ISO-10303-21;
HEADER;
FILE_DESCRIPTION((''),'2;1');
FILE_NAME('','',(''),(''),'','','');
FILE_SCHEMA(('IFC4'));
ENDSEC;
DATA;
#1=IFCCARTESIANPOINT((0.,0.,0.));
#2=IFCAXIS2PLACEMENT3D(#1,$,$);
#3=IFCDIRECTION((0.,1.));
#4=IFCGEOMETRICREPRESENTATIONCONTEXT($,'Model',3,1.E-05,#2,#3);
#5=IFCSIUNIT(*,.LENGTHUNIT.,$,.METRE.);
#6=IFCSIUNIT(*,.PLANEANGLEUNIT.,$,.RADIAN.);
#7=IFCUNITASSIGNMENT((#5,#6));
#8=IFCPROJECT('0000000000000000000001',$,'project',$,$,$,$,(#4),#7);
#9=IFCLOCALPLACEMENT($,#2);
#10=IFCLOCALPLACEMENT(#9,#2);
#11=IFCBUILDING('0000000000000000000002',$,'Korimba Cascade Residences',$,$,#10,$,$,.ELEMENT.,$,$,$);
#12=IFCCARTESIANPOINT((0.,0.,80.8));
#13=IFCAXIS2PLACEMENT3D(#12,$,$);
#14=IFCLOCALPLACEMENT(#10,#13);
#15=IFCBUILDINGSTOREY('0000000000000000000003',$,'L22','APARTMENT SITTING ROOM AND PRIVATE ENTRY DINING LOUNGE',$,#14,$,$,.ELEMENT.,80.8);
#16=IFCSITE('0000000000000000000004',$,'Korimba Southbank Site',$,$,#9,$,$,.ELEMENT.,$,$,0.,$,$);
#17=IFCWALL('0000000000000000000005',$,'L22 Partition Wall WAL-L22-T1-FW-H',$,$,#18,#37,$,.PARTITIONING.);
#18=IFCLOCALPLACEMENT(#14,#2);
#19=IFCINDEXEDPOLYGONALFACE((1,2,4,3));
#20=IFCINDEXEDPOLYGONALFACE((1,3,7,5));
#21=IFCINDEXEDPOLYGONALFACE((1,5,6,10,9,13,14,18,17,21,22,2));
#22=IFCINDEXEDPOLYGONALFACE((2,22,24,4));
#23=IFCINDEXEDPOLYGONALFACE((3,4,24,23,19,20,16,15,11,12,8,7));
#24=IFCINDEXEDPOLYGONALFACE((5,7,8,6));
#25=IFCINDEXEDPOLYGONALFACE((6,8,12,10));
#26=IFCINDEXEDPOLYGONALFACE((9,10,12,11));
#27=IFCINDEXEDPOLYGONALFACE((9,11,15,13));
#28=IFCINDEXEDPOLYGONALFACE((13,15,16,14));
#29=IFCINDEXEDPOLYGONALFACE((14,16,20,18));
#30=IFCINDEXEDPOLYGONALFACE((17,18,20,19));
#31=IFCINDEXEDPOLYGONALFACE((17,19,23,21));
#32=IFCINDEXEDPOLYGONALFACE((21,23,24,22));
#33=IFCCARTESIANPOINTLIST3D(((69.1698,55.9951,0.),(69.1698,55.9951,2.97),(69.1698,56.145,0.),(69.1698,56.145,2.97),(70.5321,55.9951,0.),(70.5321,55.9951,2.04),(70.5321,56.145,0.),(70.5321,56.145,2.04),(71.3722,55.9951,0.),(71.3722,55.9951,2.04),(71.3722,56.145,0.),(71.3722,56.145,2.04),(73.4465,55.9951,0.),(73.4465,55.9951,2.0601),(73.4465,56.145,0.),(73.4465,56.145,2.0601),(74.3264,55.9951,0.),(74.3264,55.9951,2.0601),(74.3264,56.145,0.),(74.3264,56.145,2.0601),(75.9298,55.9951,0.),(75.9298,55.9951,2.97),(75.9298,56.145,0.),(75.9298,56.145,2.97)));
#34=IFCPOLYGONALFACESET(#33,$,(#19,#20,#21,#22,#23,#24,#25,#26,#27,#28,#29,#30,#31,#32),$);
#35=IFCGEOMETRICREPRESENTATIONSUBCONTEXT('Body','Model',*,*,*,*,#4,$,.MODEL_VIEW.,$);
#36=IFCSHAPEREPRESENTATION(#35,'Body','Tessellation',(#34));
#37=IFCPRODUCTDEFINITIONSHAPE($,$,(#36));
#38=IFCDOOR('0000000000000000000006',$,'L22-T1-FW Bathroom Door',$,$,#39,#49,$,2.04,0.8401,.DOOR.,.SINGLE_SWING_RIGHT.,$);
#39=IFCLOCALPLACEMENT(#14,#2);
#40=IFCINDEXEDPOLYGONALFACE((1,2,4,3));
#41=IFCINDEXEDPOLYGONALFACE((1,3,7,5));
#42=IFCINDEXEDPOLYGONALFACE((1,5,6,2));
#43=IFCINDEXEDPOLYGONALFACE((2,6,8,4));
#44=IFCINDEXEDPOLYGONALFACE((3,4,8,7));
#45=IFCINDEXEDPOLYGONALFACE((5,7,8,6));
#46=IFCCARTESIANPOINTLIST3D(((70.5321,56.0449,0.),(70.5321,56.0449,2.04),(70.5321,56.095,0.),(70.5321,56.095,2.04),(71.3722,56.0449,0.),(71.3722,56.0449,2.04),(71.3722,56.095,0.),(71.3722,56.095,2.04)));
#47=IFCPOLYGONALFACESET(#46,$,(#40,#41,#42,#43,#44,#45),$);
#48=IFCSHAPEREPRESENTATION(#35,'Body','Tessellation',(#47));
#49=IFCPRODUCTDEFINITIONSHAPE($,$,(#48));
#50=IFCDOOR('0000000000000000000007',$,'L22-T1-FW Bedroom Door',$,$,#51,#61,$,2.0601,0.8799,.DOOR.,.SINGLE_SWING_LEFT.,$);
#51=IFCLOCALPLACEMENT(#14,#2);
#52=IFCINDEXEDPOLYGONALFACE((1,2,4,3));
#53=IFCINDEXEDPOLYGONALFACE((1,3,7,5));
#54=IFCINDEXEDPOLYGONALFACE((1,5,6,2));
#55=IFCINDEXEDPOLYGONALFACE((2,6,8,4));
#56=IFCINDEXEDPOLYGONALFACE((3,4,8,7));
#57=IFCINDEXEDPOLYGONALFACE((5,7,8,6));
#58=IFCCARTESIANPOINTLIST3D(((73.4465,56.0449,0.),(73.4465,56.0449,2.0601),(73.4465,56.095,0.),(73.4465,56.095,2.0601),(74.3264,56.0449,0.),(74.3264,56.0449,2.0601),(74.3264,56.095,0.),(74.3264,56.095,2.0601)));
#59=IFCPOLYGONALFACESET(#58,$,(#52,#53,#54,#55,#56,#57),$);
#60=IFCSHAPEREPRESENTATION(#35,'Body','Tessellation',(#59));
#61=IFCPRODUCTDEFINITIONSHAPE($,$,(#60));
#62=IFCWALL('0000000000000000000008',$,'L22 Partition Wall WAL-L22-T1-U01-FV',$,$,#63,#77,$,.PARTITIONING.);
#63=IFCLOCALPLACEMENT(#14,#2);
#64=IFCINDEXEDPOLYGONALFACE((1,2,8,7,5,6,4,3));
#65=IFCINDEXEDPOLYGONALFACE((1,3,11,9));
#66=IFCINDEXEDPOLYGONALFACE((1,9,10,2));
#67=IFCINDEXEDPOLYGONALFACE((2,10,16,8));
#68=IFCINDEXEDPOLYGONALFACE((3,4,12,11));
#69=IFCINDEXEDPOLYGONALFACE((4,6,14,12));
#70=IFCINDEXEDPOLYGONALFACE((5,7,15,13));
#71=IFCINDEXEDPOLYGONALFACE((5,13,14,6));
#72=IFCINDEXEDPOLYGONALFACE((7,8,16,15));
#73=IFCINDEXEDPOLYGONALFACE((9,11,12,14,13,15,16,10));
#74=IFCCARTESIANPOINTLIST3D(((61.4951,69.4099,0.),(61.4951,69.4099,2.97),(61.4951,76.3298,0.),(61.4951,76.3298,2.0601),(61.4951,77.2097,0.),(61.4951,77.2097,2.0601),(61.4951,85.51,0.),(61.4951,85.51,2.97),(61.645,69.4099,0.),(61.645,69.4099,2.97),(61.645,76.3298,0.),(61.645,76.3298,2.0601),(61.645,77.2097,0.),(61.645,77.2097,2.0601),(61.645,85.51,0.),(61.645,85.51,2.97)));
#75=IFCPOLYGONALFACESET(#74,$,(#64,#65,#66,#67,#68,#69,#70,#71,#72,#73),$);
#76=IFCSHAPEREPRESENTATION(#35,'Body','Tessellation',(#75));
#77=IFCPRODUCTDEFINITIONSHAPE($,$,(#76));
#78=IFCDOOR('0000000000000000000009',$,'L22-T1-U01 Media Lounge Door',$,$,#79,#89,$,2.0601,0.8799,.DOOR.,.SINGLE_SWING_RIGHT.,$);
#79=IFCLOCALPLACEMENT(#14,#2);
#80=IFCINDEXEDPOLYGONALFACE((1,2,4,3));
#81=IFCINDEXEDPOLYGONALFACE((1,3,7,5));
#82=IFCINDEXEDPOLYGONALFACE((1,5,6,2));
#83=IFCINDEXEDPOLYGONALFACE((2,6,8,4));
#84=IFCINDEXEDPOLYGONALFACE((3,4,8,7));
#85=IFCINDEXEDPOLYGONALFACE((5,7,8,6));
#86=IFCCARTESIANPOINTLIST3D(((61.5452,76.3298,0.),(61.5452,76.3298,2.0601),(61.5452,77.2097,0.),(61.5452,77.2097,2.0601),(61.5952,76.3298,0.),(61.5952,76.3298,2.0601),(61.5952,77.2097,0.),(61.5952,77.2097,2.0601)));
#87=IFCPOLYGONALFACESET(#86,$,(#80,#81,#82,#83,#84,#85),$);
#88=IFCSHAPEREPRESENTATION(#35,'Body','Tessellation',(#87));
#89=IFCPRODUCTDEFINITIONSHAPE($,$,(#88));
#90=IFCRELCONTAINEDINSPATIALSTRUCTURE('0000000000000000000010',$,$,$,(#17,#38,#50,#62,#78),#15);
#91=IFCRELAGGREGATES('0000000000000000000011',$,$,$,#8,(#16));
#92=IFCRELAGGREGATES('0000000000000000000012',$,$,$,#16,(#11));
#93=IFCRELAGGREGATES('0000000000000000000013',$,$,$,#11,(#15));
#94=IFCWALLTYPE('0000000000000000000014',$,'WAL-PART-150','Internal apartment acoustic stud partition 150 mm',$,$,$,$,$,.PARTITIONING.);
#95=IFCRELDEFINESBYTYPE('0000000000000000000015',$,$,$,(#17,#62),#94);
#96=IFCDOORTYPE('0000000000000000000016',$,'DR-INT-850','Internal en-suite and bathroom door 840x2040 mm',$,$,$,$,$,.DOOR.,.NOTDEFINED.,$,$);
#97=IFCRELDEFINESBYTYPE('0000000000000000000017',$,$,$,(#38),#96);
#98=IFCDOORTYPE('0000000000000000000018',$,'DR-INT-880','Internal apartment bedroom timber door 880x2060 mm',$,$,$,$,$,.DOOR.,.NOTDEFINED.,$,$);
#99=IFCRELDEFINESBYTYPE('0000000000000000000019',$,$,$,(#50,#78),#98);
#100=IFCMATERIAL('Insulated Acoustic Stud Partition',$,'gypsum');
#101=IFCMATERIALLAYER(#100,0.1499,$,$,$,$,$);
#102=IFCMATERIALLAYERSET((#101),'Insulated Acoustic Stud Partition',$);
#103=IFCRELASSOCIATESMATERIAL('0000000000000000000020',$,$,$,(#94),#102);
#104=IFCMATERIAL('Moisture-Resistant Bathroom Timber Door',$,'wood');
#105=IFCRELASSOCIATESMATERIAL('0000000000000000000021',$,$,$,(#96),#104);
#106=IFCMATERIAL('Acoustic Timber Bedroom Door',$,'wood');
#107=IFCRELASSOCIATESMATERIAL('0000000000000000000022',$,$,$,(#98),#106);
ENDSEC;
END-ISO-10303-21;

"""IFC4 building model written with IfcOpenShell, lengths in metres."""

from ifc_helpers import new_model, si_unit, direction, frame, frame_2d, origin, place, context, subcontext, project, spatial, rectangle, extrude, material, layer, layer_set, type_object, element, fill, save


model = new_model("IFC4")

# Units and contexts
model_context = context("Model", 3, precision=1e-05, world=origin(), true_north=direction((0.0, 1.0)))
body_context = subcontext(model_context, "Body", "Model", "MODEL_VIEW")
ifc_project = project(units=[si_unit("LENGTHUNIT", "METRE"), si_unit("PLANEANGLEUNIT", "RADIAN")], contexts=[model_context])

# Site, building, storey
site_placement = place(None, origin())
site = spatial("IfcSite", under=ifc_project, at=site_placement, Name="Korimba Southbank Site", CompositionType="ELEMENT", RefElevation=0.0)
building_placement = place(site_placement, origin())
building = spatial("IfcBuilding", under=site, at=building_placement, Name="Korimba Cascade Residences", CompositionType="ELEMENT")
storey_placement = place(building_placement, frame((0.0, 0.0, 80.8)))
storey = spatial("IfcBuildingStorey", under=building, at=storey_placement, Name="L22", Description="APARTMENT SITTING ROOM AND PRIVATE ENTRY DINING LOUNGE", CompositionType="ELEMENT", Elevation=80.8)

# Shared definitions
ifc_material_1 = material(Name="Insulated Acoustic Stud Partition", Category="gypsum")
ifc_layer_1 = layer(ifc_material_1, 0.1499)
ifc_layer_set_1 = layer_set([ifc_layer_1], Name="Insulated Acoustic Stud Partition")
wall_type_1 = type_object("IfcWallType", Name="WAL-PART-150", Description="Internal apartment acoustic stud partition 150 mm", PredefinedType="PARTITIONING", material=ifc_layer_set_1)
ifc_material_2 = material(Name="Moisture-Resistant Bathroom Timber Door", Category="wood")
door_type_1 = type_object("IfcDoorType", Name="DR-INT-850", Description="Internal en-suite and bathroom door 840x2040 mm", OperationType="NOTDEFINED", PredefinedType="DOOR", material=ifc_material_2)

# Wall, openings, doors
wall_1_placement = place(storey_placement, frame((69.1699, 56.0701, 0.0), z_axis=(0.0, 0.0, 1.0), x_axis=(1.0, 0.0, 0.0)))
wall_1 = element("IfcWall", 1, at=wall_1_placement, inside=storey, type_object=wall_type_1, Name="L22 Partition Wall WAL-L22-T1-FW-H", PredefinedType="PARTITIONING", context=body_context, shape_type="SweptSolid", body=[
    extrude(rectangle(XDim=6.76, YDim=0.1499, at=frame_2d((3.3799, 0.0))), origin(), (0.0, 0.0, 1.0), 2.97),
])
opening_1_placement = place(wall_1_placement, frame((1.3623, 0.0, 0.0)))
opening_1 = element("IfcOpeningElement", 2, at=opening_1_placement, cuts=wall_1, PredefinedType="OPENING", context=body_context, shape_type="SweptSolid", body=[
    extrude(rectangle(XDim=0.8401, YDim=2.04, at=frame_2d((0.4199, 1.02))), frame((0.0, 0.085, 0.0), z_axis=(0.0, -1.0, 0.0), x_axis=(1.0, 0.0, 0.0)), (0.0, 0.0, 1.0), 0.1699),
])
opening_2_placement = place(wall_1_placement, frame((4.2766, 0.0, 0.0)))
opening_2 = element("IfcOpeningElement", 3, at=opening_2_placement, cuts=wall_1, PredefinedType="OPENING", context=body_context, shape_type="SweptSolid", body=[
    extrude(rectangle(XDim=0.8799, YDim=2.0601, at=frame_2d((0.4399, 1.03))), frame((0.0, 0.085, 0.0), z_axis=(0.0, -1.0, 0.0), x_axis=(1.0, 0.0, 0.0)), (0.0, 0.0, 1.0), 0.1699),
])
door_1_placement = place(opening_1_placement, origin())
door_1 = element("IfcDoor", 4, at=door_1_placement, inside=storey, type_object=door_type_1, Name="L22-T1-FW Bathroom Door", OperationType="SINGLE_SWING_RIGHT", OverallHeight=2.04, OverallWidth=0.8401, PredefinedType="DOOR", context=body_context, shape_type="SweptSolid", body=[
    extrude(rectangle(XDim=0.8401, YDim=2.04, at=frame_2d((0.4199, 1.02))), frame((0.0, 0.0249, 0.0), z_axis=(0.0, -1.0, 0.0), x_axis=(1.0, 0.0, 0.0)), (0.0, 0.0, 1.0), 0.05),
])
fill(opening_1, door_1)
ifc_material_3 = material(Name="Acoustic Timber Bedroom Door", Category="wood")
door_type_2 = type_object("IfcDoorType", Name="DR-INT-880", Description="Internal apartment bedroom timber door 880x2060 mm", OperationType="NOTDEFINED", PredefinedType="DOOR", material=ifc_material_3)
door_2_placement = place(opening_2_placement, origin())
door_2 = element("IfcDoor", 5, at=door_2_placement, inside=storey, type_object=door_type_2, Name="L22-T1-FW Bedroom Door", OperationType="SINGLE_SWING_LEFT", OverallHeight=2.0601, OverallWidth=0.8799, PredefinedType="DOOR", context=body_context, shape_type="SweptSolid", body=[
    extrude(rectangle(XDim=0.8799, YDim=2.0601, at=frame_2d((0.4399, 1.03))), frame((0.0, 0.0249, 0.0), z_axis=(0.0, -1.0, 0.0), x_axis=(1.0, 0.0, 0.0)), (0.0, 0.0, 1.0), 0.05),
])
fill(opening_2, door_2)

# Wall, opening, door
wall_2_placement = place(storey_placement, frame((61.5701, 69.4099, 0.0), z_axis=(0.0, 0.0, 1.0), x_axis=(0.0, 1.0, 0.0)))
wall_2 = element("IfcWall", 6, at=wall_2_placement, inside=storey, type_object=wall_type_1, Name="L22 Partition Wall WAL-L22-T1-U01-FV", PredefinedType="PARTITIONING", context=body_context, shape_type="SweptSolid", body=[
    extrude(rectangle(XDim=16.1001, YDim=0.1499, at=frame_2d((8.05, 0.0))), origin(), (0.0, 0.0, 1.0), 2.97),
])
opening_3_placement = place(wall_2_placement, frame((6.9199, 0.0, 0.0)))
opening_3 = element("IfcOpeningElement", 7, at=opening_3_placement, cuts=wall_2, PredefinedType="OPENING", context=body_context, shape_type="SweptSolid", body=[
    extrude(rectangle(XDim=0.8799, YDim=2.0601, at=frame_2d((0.4399, 1.03))), frame((0.0, 0.085, 0.0), z_axis=(0.0, -1.0, 0.0), x_axis=(1.0, 0.0, 0.0)), (0.0, 0.0, 1.0), 0.1699),
])
door_3_placement = place(opening_3_placement, origin())
door_3 = element("IfcDoor", 8, at=door_3_placement, inside=storey, type_object=door_type_2, Name="L22-T1-U01 Media Lounge Door", OperationType="SINGLE_SWING_RIGHT", OverallHeight=2.0601, OverallWidth=0.8799, PredefinedType="DOOR", context=body_context, shape_type="SweptSolid", body=[
    extrude(rectangle(XDim=0.8799, YDim=2.0601, at=frame_2d((0.4399, 1.03))), frame((0.0, 0.0249, 0.0), z_axis=(0.0, -1.0, 0.0), x_axis=(1.0, 0.0, 0.0)), (0.0, 0.0, 1.0), 0.05),
])
fill(opening_3, door_3)

save(model, "model.ifc")
